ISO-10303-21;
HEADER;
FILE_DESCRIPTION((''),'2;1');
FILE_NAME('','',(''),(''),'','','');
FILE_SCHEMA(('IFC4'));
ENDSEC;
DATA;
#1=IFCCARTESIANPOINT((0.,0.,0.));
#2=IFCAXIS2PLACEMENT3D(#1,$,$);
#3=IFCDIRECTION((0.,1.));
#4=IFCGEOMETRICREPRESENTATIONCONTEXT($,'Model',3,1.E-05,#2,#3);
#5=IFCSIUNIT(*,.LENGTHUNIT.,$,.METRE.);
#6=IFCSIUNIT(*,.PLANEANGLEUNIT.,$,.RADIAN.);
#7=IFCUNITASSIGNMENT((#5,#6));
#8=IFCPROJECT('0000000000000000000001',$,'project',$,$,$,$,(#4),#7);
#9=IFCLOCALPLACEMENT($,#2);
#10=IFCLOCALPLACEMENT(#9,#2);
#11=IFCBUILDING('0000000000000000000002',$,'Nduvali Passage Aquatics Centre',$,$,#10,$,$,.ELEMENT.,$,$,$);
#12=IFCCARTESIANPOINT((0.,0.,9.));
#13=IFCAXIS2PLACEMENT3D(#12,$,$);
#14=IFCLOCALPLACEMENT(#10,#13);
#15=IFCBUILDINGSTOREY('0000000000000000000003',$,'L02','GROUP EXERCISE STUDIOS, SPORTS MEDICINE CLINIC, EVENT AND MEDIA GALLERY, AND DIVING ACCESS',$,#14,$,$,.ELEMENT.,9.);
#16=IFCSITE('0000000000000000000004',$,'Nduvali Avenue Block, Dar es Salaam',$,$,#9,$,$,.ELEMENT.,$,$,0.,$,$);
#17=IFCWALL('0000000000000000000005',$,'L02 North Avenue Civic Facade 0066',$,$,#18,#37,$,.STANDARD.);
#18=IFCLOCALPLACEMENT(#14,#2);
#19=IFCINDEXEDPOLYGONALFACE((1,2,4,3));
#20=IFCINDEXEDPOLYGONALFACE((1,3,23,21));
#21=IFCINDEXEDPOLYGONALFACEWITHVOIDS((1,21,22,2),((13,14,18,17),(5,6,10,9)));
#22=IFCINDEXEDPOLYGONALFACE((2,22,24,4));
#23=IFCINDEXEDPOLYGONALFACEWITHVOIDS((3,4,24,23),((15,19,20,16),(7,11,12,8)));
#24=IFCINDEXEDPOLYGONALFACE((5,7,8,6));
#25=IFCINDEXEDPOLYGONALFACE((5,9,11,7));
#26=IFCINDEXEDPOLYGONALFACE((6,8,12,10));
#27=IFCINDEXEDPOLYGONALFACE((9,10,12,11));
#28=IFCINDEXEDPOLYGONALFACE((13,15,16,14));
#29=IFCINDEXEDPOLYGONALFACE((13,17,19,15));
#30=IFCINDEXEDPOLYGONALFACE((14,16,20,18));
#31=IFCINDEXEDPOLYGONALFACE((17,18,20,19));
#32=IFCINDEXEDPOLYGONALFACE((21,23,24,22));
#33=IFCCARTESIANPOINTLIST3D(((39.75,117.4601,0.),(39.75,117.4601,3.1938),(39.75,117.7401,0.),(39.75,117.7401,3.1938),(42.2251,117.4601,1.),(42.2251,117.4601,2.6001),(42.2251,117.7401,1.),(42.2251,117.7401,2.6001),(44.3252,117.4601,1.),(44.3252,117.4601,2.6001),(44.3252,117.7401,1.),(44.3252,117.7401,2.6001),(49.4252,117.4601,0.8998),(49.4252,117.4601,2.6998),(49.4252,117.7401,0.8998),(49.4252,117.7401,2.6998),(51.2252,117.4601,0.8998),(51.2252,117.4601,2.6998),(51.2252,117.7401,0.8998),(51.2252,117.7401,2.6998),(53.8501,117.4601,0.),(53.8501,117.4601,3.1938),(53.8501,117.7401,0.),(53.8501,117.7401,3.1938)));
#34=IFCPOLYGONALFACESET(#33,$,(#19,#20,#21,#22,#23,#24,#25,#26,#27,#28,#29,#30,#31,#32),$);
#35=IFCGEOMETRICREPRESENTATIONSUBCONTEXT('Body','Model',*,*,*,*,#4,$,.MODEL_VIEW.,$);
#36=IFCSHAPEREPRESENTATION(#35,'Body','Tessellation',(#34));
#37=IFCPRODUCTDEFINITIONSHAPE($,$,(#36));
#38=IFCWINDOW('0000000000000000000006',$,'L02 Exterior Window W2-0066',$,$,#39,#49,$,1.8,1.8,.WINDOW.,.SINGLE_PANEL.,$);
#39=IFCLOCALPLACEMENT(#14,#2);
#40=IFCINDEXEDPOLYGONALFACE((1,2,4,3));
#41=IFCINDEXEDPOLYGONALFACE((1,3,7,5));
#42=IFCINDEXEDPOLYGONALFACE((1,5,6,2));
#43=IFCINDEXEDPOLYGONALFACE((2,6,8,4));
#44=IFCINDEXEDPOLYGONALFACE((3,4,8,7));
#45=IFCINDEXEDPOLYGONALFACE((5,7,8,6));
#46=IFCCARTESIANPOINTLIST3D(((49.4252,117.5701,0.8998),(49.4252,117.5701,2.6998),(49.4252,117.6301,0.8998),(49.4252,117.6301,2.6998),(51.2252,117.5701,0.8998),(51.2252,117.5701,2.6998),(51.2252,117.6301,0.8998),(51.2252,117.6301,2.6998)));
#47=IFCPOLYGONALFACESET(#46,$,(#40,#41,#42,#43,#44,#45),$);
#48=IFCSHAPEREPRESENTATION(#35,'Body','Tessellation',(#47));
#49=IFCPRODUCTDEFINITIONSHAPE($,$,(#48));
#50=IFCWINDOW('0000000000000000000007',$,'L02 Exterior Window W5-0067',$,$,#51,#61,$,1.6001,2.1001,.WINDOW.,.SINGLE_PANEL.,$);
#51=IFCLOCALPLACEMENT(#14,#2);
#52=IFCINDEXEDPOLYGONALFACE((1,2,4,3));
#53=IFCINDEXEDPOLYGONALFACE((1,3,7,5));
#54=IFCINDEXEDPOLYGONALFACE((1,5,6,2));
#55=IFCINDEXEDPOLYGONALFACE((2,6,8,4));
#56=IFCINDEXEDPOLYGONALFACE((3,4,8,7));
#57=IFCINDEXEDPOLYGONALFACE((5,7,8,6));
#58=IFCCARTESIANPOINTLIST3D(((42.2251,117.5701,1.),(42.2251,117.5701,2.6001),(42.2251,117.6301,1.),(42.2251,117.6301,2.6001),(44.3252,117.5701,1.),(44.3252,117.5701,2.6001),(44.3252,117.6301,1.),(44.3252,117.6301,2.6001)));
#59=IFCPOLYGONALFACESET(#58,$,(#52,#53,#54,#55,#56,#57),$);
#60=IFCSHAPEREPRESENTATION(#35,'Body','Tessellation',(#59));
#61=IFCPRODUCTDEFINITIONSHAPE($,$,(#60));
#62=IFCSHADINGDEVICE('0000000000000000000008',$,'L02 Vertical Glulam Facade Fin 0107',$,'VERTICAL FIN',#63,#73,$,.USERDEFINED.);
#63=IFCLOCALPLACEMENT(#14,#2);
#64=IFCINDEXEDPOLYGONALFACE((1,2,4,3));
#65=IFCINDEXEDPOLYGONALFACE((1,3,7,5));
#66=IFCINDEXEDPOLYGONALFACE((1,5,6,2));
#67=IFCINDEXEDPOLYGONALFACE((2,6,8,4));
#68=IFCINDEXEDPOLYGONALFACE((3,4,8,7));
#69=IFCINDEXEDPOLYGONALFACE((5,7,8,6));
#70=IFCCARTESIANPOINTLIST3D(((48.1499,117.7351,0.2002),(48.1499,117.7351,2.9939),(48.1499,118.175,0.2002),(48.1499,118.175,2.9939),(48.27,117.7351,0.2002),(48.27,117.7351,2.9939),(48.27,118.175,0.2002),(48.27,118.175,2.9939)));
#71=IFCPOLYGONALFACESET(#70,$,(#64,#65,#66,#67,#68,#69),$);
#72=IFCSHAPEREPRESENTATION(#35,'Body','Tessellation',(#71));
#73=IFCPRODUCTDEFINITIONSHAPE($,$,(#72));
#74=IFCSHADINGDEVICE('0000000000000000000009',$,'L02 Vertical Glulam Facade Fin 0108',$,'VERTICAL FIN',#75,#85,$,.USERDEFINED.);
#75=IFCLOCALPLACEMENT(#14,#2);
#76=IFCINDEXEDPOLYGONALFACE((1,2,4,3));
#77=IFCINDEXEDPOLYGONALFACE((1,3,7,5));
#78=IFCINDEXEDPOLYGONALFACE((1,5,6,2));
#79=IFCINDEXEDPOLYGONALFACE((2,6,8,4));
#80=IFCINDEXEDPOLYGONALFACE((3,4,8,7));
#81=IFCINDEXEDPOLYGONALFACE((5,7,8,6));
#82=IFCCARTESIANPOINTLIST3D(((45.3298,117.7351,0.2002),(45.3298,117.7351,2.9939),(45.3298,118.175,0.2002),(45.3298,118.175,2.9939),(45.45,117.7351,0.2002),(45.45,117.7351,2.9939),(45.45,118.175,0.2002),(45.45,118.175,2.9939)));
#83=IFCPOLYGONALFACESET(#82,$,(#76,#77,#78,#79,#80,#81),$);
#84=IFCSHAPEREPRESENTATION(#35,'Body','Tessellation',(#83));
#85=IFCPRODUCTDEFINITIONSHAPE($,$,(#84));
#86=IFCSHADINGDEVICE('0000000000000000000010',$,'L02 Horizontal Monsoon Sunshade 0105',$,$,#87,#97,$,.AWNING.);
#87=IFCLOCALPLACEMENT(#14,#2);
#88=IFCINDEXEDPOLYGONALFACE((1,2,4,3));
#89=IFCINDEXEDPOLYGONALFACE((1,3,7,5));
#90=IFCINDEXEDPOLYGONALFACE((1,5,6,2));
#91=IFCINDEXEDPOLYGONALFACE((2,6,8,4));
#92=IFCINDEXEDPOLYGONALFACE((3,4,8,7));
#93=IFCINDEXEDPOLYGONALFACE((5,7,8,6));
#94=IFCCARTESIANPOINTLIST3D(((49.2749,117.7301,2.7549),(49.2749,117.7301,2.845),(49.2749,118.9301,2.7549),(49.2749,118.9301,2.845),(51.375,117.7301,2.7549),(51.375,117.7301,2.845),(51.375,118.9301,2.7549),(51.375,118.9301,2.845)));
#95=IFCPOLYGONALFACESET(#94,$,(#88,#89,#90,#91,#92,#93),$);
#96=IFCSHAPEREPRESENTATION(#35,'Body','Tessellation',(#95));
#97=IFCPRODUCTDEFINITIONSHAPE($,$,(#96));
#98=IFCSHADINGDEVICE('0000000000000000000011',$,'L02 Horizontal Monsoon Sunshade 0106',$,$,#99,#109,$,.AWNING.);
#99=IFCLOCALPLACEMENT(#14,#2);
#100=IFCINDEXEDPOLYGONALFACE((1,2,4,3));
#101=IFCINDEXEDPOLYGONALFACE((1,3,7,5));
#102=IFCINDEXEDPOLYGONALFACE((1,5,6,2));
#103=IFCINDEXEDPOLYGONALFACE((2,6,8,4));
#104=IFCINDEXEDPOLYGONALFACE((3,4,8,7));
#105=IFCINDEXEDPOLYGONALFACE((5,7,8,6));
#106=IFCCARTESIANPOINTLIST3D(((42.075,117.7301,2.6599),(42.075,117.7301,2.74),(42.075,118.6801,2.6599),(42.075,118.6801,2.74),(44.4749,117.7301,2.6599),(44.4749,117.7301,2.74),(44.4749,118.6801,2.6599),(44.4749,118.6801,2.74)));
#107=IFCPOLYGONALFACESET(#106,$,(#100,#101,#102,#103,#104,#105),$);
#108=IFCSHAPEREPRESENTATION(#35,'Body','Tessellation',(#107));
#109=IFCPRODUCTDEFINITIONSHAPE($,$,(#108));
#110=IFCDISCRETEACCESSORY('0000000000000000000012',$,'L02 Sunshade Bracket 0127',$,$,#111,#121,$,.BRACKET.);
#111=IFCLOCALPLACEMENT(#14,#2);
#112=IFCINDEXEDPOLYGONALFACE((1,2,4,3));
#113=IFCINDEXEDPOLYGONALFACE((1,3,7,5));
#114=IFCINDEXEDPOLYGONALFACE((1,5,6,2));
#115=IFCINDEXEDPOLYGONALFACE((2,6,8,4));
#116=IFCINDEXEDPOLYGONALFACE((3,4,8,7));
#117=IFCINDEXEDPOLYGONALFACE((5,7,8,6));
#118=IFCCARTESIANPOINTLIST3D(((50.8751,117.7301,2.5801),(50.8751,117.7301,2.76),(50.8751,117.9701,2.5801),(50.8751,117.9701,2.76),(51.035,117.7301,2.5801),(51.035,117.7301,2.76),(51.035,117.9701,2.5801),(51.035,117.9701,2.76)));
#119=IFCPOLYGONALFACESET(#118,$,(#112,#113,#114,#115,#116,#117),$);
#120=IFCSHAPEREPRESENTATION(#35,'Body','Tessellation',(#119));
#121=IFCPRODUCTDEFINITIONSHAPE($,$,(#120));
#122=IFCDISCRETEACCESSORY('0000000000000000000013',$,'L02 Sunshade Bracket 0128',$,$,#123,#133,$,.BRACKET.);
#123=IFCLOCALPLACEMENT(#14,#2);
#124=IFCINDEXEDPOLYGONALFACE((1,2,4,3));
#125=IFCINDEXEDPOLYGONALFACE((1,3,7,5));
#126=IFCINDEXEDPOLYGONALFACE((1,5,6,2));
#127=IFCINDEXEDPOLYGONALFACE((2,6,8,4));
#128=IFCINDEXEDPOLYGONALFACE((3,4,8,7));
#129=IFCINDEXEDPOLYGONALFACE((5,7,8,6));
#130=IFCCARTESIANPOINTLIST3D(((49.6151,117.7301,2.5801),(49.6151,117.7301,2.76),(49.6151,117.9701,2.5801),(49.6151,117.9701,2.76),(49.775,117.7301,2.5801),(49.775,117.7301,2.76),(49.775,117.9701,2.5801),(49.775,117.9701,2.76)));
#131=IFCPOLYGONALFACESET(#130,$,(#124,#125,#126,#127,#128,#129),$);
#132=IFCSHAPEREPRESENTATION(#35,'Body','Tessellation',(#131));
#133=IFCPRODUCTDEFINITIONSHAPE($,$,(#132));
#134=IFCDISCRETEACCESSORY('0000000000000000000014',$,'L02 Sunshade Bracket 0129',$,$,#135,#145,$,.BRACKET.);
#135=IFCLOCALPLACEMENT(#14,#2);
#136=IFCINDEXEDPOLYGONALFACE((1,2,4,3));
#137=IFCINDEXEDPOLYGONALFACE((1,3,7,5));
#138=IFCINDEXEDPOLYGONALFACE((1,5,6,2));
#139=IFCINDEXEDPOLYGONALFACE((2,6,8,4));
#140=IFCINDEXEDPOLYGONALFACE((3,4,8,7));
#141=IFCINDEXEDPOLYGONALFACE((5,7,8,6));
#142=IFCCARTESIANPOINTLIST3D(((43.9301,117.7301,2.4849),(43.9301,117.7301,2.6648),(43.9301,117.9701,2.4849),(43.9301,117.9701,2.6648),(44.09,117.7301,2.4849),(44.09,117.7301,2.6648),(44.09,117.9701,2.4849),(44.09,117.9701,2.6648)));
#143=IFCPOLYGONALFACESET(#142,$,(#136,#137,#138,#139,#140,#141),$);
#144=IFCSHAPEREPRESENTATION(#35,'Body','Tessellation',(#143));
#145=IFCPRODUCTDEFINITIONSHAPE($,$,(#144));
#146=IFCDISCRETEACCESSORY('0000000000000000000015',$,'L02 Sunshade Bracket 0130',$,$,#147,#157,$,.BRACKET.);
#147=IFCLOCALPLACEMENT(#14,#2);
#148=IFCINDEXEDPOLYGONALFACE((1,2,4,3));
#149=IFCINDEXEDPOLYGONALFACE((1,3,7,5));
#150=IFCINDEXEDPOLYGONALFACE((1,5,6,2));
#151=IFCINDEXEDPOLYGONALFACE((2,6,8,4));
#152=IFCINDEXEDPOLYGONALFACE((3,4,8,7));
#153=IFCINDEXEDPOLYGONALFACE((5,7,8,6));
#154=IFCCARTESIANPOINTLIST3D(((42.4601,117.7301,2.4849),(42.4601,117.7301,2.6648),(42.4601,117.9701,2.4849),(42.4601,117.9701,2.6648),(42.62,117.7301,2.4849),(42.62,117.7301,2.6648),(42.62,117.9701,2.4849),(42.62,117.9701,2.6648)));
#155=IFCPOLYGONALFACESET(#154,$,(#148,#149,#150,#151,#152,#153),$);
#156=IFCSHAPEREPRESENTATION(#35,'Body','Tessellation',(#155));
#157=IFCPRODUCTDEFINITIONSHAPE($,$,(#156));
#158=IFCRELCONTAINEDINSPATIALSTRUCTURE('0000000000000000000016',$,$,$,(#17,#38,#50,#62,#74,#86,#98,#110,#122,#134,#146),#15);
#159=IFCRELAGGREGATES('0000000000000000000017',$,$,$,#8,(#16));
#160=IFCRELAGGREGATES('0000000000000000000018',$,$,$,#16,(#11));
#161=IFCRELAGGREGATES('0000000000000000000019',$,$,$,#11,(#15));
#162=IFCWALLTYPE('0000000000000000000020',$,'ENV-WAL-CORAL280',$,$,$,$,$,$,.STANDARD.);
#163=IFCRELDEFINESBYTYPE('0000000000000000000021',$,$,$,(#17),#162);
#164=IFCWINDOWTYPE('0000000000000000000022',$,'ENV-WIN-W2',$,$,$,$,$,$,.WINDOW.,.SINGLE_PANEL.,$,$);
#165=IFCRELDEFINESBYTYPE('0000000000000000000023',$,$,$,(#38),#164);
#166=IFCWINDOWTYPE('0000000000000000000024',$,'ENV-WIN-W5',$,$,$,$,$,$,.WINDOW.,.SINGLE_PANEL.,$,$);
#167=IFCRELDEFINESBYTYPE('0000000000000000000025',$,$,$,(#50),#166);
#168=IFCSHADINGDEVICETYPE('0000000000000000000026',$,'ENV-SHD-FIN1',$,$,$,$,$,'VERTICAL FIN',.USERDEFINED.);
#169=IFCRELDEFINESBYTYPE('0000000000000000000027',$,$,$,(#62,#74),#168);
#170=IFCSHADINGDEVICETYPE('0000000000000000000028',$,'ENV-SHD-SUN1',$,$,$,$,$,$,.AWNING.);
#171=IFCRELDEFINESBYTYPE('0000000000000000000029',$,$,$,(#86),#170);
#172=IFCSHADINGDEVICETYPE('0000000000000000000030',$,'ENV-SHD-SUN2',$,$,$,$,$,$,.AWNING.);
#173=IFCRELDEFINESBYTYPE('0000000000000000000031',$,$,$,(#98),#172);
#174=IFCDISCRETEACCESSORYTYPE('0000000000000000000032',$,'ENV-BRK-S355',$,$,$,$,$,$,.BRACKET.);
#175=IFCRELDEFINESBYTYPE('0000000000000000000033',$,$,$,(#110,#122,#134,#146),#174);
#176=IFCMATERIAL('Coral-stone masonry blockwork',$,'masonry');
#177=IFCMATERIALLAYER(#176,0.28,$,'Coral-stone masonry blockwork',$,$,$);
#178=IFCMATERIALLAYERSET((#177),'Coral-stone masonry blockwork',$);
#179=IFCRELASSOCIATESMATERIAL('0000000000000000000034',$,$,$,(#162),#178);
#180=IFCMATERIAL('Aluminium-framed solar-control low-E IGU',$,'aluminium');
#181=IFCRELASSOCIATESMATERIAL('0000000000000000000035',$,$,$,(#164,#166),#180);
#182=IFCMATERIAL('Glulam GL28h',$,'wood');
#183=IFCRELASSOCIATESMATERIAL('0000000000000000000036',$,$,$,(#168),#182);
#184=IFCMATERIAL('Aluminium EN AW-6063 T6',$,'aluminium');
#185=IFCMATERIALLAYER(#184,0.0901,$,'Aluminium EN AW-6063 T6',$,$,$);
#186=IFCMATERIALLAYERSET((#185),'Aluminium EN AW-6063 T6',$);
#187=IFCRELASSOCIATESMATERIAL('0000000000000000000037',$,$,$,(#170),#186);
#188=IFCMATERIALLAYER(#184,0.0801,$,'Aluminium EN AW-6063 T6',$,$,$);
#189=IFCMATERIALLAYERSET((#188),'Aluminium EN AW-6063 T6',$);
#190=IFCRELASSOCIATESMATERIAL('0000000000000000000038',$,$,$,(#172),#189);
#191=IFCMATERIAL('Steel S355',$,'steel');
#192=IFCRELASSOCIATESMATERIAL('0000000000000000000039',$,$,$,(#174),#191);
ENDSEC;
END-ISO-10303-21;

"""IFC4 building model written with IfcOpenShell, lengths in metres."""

from ifc_helpers import new_model, si_unit, direction, frame, frame_2d, origin, origin_2d, place, context, subcontext, project, spatial, rectangle, extrude, material, layer, layer_set, type_object, element, fill, save


model = new_model("IFC4")

# Units and contexts
model_context = context("Model", 3, precision=1e-05, world=origin(), true_north=direction((0.0, 1.0)))
body_context = subcontext(model_context, "Body", "Model", "MODEL_VIEW")
ifc_project = project(units=[si_unit("LENGTHUNIT", "METRE"), si_unit("PLANEANGLEUNIT", "RADIAN")], contexts=[model_context])

# Site, building, storey
site_placement = place(None, origin())
site = spatial("IfcSite", under=ifc_project, at=site_placement, Name="Nduvali Avenue Block, Dar es Salaam", CompositionType="ELEMENT", RefElevation=0.0)
building_placement = place(site_placement, origin())
building = spatial("IfcBuilding", under=site, at=building_placement, Name="Nduvali Passage Aquatics Centre", CompositionType="ELEMENT")
storey_placement = place(building_placement, frame((0.0, 0.0, 9.0)))
storey = spatial("IfcBuildingStorey", under=building, at=storey_placement, Name="L02", Description="GROUP EXERCISE STUDIOS, SPORTS MEDICINE CLINIC, EVENT AND MEDIA GALLERY, AND DIVING ACCESS", CompositionType="ELEMENT", Elevation=9.0)

# Shared definitions
ifc_material_1 = material(Name="Steel S355", Category="steel")

# Shared definitions
ifc_material_2 = material(Name="Aluminium EN AW-6063 T6", Category="aluminium")

# Wall, openings, windows
ifc_material_3 = material(Name="Coral-stone masonry blockwork", Category="masonry")
ifc_layer_1 = layer(ifc_material_3, 0.28, Name="Coral-stone masonry blockwork")
ifc_layer_set_1 = layer_set([ifc_layer_1], Name="Coral-stone masonry blockwork")
wall_type = type_object("IfcWallType", Name="ENV-WAL-CORAL280", PredefinedType="STANDARD", material=ifc_layer_set_1)
wall_placement = place(storey_placement, frame((53.8501, 117.6001, 0.0), z_axis=(0.0, 0.0, 1.0), x_axis=(-1.0, 0.0, 0.0)))
wall = element("IfcWall", 1, at=wall_placement, inside=storey, type_object=wall_type, Name="L02 North Avenue Civic Facade 0066", PredefinedType="STANDARD", context=body_context, shape_type="SweptSolid", body=[
    extrude(rectangle(XDim=14.1001, YDim=0.28, at=frame_2d((7.05, 0.0))), origin(), (0.0, 0.0, 1.0), 3.1938),
])
opening_1_placement = place(wall_placement, frame((2.625, 0.0, 0.8999)))
opening_1 = element("IfcOpeningElement", 2, at=opening_1_placement, cuts=wall, PredefinedType="OPENING", context=body_context, shape_type="SweptSolid", body=[
    extrude(rectangle(XDim=1.8, YDim=1.8, at=frame_2d((0.8999, 0.8999))), frame((0.0, 0.1548, 0.0), z_axis=(0.0, -1.0, 0.0), x_axis=(1.0, 0.0, 0.0)), (0.0, 0.0, 1.0), 0.3098),
])
opening_2_placement = place(wall_placement, frame((9.5249, 0.0, 1.0)))
opening_2 = element("IfcOpeningElement", 3, at=opening_2_placement, cuts=wall, PredefinedType="OPENING", context=body_context, shape_type="SweptSolid", body=[
    extrude(rectangle(XDim=2.1001, YDim=1.6001, at=frame_2d((1.05, 0.8))), frame((0.0, 0.1548, 0.0), z_axis=(0.0, -1.0, 0.0), x_axis=(1.0, 0.0, 0.0)), (0.0, 0.0, 1.0), 0.3098),
])
ifc_material_4 = material(Name="Aluminium-framed solar-control low-E IGU", Category="aluminium")
window_type_1 = type_object("IfcWindowType", Name="ENV-WIN-W2", PartitioningType="SINGLE_PANEL", PredefinedType="WINDOW", material=ifc_material_4)
window_1_placement = place(opening_1_placement, origin())
window_1 = element("IfcWindow", 4, at=window_1_placement, inside=storey, type_object=window_type_1, Name="L02 Exterior Window W2-0066", OverallHeight=1.8, OverallWidth=1.8, PartitioningType="SINGLE_PANEL", PredefinedType="WINDOW", context=body_context, shape_type="SweptSolid", body=[
    extrude(rectangle(XDim=1.8, YDim=1.8, at=frame_2d((0.8999, 0.8999))), frame((0.0, 0.03, 0.0), z_axis=(0.0, -1.0, 0.0), x_axis=(1.0, 0.0, 0.0)), (0.0, 0.0, 1.0), 0.0601),
])
fill(opening_1, window_1)
window_type_2 = type_object("IfcWindowType", Name="ENV-WIN-W5", PartitioningType="SINGLE_PANEL", PredefinedType="WINDOW", material=ifc_material_4)
window_2_placement = place(opening_2_placement, origin())
window_2 = element("IfcWindow", 5, at=window_2_placement, inside=storey, type_object=window_type_2, Name="L02 Exterior Window W5-0067", OverallHeight=1.6001, OverallWidth=2.1001, PartitioningType="SINGLE_PANEL", PredefinedType="WINDOW", context=body_context, shape_type="SweptSolid", body=[
    extrude(rectangle(XDim=2.1001, YDim=1.6001, at=frame_2d((1.05, 0.8))), frame((0.0, 0.03, 0.0), z_axis=(0.0, -1.0, 0.0), x_axis=(1.0, 0.0, 0.0)), (0.0, 0.0, 1.0), 0.0601),
])
fill(opening_2, window_2)

# Shading devices
ifc_material_5 = material(Name="Glulam GL28h", Category="wood")
shading_device_type_1 = type_object("IfcShadingDeviceType", Name="ENV-SHD-FIN1", ElementType="VERTICAL FIN", PredefinedType="USERDEFINED", material=ifc_material_5)
for number, where, z_axis, x_axis, name in (
    (6, (48.21, 117.9551, 0.2002), (0.0, 0.0, 1.0), (-1.0, 0.0, 0.0), "L02 Vertical Glulam Facade Fin 0107"),
    (7, (45.3899, 117.9551, 0.2002), (0.0, 0.0, 1.0), (-1.0, 0.0, 0.0), "L02 Vertical Glulam Facade Fin 0108"),
):
    element("IfcShadingDevice", number, at=place(storey_placement, frame(where, z_axis=z_axis, x_axis=x_axis)), inside=storey, type_object=shading_device_type_1, Name=name, ObjectType="VERTICAL FIN", PredefinedType="USERDEFINED", context=body_context, shape_type="SweptSolid", body=[
        extrude(rectangle(XDim=0.1201, YDim=0.4399, at=origin_2d()), origin(), (0.0, 0.0, 1.0), 2.7937),
    ])
ifc_layer_2 = layer(ifc_material_2, 0.0901, Name="Aluminium EN AW-6063 T6")
ifc_layer_set_2 = layer_set([ifc_layer_2], Name="Aluminium EN AW-6063 T6")
shading_device_type_2 = type_object("IfcShadingDeviceType", Name="ENV-SHD-SUN1", PredefinedType="AWNING", material=ifc_layer_set_2)
shading_device_1_placement = place(storey_placement, frame((50.325, 118.3301, 2.7549), z_axis=(0.0, 0.0, 1.0), x_axis=(-1.0, 0.0, 0.0)))
element("IfcShadingDevice", 8, at=shading_device_1_placement, inside=storey, type_object=shading_device_type_2, Name="L02 Horizontal Monsoon Sunshade 0105", PredefinedType="AWNING", context=body_context, shape_type="SweptSolid", body=[
    extrude(rectangle(XDim=2.1001, YDim=1.2, at=origin_2d()), origin(), (0.0, 0.0, 1.0), 0.0901),
])
ifc_layer_3 = layer(ifc_material_2, 0.0801, Name="Aluminium EN AW-6063 T6")
ifc_layer_set_3 = layer_set([ifc_layer_3], Name="Aluminium EN AW-6063 T6")
shading_device_type_3 = type_object("IfcShadingDeviceType", Name="ENV-SHD-SUN2", PredefinedType="AWNING", material=ifc_layer_set_3)
shading_device_2_placement = place(storey_placement, frame((43.2749, 118.2051, 2.6599), z_axis=(0.0, 0.0, 1.0), x_axis=(-1.0, 0.0, 0.0)))
element("IfcShadingDevice", 9, at=shading_device_2_placement, inside=storey, type_object=shading_device_type_3, Name="L02 Horizontal Monsoon Sunshade 0106", PredefinedType="AWNING", context=body_context, shape_type="SweptSolid", body=[
    extrude(rectangle(XDim=2.3999, YDim=0.95, at=origin_2d()), origin(), (0.0, 0.0, 1.0), 0.0801),
])

# Discrete accessories
discrete_accessory_type = type_object("IfcDiscreteAccessoryType", Name="ENV-BRK-S355", PredefinedType="BRACKET", material=ifc_material_1)
for number, where, z_axis, x_axis, name in (
    (10, (50.9551, 117.8501, 2.5801), (0.0, 0.0, 1.0), (-1.0, 0.0, 0.0), "L02 Sunshade Bracket 0127"),
    (11, (49.6951, 117.8501, 2.5801), (0.0, 0.0, 1.0), (-1.0, 0.0, 0.0), "L02 Sunshade Bracket 0128"),
    (12, (44.01, 117.8501, 2.4849), (0.0, 0.0, 1.0), (-1.0, 0.0, 0.0), "L02 Sunshade Bracket 0129"),
    (13, (42.54, 117.8501, 2.4849), (0.0, 0.0, 1.0), (-1.0, 0.0, 0.0), "L02 Sunshade Bracket 0130"),
):
    element("IfcDiscreteAccessory", number, at=place(storey_placement, frame(where, z_axis=z_axis, x_axis=x_axis)), inside=storey, type_object=discrete_accessory_type, Name=name, PredefinedType="BRACKET", context=body_context, shape_type="SweptSolid", body=[
        extrude(rectangle(XDim=0.1599, YDim=0.24, at=origin_2d()), origin(), (0.0, 0.0, 1.0), 0.1799),
    ])

save(model, "model.ifc")
